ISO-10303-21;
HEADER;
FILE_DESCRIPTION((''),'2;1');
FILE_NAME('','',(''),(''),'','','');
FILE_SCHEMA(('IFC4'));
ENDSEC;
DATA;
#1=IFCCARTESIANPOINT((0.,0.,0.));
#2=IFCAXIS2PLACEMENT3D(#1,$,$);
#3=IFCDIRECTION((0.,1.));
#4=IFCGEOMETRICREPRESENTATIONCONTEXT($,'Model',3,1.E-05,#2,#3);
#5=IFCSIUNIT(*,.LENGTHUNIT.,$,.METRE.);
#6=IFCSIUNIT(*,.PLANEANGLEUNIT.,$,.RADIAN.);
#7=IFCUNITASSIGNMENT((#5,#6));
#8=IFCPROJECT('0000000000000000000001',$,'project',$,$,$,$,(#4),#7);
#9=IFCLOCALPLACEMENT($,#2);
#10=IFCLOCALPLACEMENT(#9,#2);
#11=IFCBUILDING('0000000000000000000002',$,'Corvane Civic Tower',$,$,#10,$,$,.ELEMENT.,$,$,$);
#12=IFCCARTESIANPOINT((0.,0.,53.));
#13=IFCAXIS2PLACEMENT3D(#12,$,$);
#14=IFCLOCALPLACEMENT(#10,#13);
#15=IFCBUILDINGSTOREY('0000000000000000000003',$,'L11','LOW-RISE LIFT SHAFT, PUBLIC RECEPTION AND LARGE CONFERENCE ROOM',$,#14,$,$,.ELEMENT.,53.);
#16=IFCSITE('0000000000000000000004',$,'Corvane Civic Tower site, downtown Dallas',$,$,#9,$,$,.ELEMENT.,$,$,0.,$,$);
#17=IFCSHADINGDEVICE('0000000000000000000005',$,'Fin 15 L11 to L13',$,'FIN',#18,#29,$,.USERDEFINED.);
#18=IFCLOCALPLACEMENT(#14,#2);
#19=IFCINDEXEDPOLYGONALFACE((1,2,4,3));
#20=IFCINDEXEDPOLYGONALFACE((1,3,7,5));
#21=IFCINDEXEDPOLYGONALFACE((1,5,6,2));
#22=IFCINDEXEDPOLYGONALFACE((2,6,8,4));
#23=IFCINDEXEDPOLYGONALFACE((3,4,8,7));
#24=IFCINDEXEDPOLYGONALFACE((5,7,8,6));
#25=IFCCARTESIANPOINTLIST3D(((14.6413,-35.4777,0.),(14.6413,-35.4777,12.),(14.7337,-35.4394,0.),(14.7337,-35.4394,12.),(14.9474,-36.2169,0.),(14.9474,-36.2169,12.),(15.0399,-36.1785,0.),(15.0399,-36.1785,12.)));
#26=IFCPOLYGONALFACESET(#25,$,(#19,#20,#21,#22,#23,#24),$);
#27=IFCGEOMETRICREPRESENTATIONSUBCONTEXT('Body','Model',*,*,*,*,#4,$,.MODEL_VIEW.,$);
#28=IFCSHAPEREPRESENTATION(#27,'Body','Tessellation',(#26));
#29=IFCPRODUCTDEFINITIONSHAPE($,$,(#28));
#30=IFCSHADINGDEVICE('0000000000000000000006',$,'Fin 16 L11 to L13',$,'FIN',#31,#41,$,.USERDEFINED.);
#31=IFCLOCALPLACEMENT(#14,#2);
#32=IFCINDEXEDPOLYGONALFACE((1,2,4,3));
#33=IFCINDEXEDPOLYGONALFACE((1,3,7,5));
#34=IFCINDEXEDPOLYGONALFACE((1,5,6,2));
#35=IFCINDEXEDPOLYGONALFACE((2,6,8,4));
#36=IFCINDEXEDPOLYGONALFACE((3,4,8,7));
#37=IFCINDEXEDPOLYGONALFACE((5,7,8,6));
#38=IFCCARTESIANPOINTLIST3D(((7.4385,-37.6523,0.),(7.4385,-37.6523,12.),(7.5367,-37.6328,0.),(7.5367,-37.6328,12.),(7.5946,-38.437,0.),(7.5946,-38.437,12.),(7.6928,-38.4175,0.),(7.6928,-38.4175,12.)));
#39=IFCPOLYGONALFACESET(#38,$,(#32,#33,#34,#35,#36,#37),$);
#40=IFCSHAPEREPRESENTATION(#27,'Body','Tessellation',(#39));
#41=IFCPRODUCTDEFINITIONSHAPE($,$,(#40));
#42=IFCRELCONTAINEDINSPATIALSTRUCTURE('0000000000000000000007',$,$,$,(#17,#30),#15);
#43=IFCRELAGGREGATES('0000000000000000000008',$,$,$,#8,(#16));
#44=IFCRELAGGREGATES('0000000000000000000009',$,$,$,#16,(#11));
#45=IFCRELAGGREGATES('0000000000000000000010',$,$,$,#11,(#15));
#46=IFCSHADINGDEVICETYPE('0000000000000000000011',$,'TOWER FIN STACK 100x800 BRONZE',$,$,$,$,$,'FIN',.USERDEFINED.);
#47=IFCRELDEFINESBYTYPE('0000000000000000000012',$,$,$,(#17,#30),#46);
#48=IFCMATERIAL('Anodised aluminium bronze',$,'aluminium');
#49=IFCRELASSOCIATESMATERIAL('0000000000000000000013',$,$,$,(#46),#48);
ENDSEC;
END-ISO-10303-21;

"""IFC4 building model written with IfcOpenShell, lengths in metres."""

from ifc_helpers import new_model, si_unit, direction, frame, origin, origin_2d, place, context, subcontext, project, spatial, rectangle, extrude, material, material_profile, profile_set, type_object, element, save


model = new_model("IFC4")

# Units and contexts
model_context = context("Model", 3, precision=1e-05, world=origin(), true_north=direction((0.0, 1.0)))
body_context = subcontext(model_context, "Body", "Model", "MODEL_VIEW")
ifc_project = project(units=[si_unit("LENGTHUNIT", "METRE"), si_unit("PLANEANGLEUNIT", "RADIAN")], contexts=[model_context])

# Site, building, storey
site_placement = place(None, origin())
site = spatial("IfcSite", under=ifc_project, at=site_placement, Name="Corvane Civic Tower site, downtown Dallas", CompositionType="ELEMENT", RefElevation=0.0)
building_placement = place(site_placement, origin())
building = spatial("IfcBuilding", under=site, at=building_placement, Name="Corvane Civic Tower", CompositionType="ELEMENT")
storey_placement = place(building_placement, frame((0.0, 0.0, 53.0)))
storey = spatial("IfcBuildingStorey", under=building, at=storey_placement, Name="L11", Description="LOW-RISE LIFT SHAFT, PUBLIC RECEPTION AND LARGE CONFERENCE ROOM", CompositionType="ELEMENT", Elevation=53.0)

# Shading devices
ifc_material_1 = material(Name="Anodised aluminium bronze", Category="aluminium")
ifc_material_profile_1 = material_profile(ifc_material_1, rectangle(XDim=0.1001, YDim=0.8, at=origin_2d()), Name="TOWER FIN STACK 100x800 BRONZE")
ifc_profile_set_1 = profile_set([ifc_material_profile_1], Name="Anodised aluminium bronze")
shading_device_type = type_object("IfcShadingDeviceType", Name="TOWER FIN STACK 100x800 BRONZE", ElementType="FIN", PredefinedType="USERDEFINED", material=ifc_profile_set_1)
for number, where, z_axis, x_axis, name in (
    (1, (14.8406, -35.8281, 0.0), (0.0, 0.0, 1.0), (-0.92388, -0.382683, 0.0), "Fin 15 L11 to L13"),
    (2, (7.5657, -38.0349, 0.0), (0.0, 0.0, 1.0), (-0.980785, -0.19509, 0.0), "Fin 16 L11 to L13"),
):
    element("IfcShadingDevice", number, at=place(storey_placement, frame(where, z_axis=z_axis, x_axis=x_axis)), inside=storey, type_object=shading_device_type, Name=name, ObjectType="FIN", PredefinedType="USERDEFINED", context=body_context, shape_type="SweptSolid", body=[
        extrude(rectangle(XDim=0.1001, YDim=0.8, at=origin_2d()), origin(), (0.0, 0.0, 1.0), 12.0),
    ])

save(model, "model.ifc")
